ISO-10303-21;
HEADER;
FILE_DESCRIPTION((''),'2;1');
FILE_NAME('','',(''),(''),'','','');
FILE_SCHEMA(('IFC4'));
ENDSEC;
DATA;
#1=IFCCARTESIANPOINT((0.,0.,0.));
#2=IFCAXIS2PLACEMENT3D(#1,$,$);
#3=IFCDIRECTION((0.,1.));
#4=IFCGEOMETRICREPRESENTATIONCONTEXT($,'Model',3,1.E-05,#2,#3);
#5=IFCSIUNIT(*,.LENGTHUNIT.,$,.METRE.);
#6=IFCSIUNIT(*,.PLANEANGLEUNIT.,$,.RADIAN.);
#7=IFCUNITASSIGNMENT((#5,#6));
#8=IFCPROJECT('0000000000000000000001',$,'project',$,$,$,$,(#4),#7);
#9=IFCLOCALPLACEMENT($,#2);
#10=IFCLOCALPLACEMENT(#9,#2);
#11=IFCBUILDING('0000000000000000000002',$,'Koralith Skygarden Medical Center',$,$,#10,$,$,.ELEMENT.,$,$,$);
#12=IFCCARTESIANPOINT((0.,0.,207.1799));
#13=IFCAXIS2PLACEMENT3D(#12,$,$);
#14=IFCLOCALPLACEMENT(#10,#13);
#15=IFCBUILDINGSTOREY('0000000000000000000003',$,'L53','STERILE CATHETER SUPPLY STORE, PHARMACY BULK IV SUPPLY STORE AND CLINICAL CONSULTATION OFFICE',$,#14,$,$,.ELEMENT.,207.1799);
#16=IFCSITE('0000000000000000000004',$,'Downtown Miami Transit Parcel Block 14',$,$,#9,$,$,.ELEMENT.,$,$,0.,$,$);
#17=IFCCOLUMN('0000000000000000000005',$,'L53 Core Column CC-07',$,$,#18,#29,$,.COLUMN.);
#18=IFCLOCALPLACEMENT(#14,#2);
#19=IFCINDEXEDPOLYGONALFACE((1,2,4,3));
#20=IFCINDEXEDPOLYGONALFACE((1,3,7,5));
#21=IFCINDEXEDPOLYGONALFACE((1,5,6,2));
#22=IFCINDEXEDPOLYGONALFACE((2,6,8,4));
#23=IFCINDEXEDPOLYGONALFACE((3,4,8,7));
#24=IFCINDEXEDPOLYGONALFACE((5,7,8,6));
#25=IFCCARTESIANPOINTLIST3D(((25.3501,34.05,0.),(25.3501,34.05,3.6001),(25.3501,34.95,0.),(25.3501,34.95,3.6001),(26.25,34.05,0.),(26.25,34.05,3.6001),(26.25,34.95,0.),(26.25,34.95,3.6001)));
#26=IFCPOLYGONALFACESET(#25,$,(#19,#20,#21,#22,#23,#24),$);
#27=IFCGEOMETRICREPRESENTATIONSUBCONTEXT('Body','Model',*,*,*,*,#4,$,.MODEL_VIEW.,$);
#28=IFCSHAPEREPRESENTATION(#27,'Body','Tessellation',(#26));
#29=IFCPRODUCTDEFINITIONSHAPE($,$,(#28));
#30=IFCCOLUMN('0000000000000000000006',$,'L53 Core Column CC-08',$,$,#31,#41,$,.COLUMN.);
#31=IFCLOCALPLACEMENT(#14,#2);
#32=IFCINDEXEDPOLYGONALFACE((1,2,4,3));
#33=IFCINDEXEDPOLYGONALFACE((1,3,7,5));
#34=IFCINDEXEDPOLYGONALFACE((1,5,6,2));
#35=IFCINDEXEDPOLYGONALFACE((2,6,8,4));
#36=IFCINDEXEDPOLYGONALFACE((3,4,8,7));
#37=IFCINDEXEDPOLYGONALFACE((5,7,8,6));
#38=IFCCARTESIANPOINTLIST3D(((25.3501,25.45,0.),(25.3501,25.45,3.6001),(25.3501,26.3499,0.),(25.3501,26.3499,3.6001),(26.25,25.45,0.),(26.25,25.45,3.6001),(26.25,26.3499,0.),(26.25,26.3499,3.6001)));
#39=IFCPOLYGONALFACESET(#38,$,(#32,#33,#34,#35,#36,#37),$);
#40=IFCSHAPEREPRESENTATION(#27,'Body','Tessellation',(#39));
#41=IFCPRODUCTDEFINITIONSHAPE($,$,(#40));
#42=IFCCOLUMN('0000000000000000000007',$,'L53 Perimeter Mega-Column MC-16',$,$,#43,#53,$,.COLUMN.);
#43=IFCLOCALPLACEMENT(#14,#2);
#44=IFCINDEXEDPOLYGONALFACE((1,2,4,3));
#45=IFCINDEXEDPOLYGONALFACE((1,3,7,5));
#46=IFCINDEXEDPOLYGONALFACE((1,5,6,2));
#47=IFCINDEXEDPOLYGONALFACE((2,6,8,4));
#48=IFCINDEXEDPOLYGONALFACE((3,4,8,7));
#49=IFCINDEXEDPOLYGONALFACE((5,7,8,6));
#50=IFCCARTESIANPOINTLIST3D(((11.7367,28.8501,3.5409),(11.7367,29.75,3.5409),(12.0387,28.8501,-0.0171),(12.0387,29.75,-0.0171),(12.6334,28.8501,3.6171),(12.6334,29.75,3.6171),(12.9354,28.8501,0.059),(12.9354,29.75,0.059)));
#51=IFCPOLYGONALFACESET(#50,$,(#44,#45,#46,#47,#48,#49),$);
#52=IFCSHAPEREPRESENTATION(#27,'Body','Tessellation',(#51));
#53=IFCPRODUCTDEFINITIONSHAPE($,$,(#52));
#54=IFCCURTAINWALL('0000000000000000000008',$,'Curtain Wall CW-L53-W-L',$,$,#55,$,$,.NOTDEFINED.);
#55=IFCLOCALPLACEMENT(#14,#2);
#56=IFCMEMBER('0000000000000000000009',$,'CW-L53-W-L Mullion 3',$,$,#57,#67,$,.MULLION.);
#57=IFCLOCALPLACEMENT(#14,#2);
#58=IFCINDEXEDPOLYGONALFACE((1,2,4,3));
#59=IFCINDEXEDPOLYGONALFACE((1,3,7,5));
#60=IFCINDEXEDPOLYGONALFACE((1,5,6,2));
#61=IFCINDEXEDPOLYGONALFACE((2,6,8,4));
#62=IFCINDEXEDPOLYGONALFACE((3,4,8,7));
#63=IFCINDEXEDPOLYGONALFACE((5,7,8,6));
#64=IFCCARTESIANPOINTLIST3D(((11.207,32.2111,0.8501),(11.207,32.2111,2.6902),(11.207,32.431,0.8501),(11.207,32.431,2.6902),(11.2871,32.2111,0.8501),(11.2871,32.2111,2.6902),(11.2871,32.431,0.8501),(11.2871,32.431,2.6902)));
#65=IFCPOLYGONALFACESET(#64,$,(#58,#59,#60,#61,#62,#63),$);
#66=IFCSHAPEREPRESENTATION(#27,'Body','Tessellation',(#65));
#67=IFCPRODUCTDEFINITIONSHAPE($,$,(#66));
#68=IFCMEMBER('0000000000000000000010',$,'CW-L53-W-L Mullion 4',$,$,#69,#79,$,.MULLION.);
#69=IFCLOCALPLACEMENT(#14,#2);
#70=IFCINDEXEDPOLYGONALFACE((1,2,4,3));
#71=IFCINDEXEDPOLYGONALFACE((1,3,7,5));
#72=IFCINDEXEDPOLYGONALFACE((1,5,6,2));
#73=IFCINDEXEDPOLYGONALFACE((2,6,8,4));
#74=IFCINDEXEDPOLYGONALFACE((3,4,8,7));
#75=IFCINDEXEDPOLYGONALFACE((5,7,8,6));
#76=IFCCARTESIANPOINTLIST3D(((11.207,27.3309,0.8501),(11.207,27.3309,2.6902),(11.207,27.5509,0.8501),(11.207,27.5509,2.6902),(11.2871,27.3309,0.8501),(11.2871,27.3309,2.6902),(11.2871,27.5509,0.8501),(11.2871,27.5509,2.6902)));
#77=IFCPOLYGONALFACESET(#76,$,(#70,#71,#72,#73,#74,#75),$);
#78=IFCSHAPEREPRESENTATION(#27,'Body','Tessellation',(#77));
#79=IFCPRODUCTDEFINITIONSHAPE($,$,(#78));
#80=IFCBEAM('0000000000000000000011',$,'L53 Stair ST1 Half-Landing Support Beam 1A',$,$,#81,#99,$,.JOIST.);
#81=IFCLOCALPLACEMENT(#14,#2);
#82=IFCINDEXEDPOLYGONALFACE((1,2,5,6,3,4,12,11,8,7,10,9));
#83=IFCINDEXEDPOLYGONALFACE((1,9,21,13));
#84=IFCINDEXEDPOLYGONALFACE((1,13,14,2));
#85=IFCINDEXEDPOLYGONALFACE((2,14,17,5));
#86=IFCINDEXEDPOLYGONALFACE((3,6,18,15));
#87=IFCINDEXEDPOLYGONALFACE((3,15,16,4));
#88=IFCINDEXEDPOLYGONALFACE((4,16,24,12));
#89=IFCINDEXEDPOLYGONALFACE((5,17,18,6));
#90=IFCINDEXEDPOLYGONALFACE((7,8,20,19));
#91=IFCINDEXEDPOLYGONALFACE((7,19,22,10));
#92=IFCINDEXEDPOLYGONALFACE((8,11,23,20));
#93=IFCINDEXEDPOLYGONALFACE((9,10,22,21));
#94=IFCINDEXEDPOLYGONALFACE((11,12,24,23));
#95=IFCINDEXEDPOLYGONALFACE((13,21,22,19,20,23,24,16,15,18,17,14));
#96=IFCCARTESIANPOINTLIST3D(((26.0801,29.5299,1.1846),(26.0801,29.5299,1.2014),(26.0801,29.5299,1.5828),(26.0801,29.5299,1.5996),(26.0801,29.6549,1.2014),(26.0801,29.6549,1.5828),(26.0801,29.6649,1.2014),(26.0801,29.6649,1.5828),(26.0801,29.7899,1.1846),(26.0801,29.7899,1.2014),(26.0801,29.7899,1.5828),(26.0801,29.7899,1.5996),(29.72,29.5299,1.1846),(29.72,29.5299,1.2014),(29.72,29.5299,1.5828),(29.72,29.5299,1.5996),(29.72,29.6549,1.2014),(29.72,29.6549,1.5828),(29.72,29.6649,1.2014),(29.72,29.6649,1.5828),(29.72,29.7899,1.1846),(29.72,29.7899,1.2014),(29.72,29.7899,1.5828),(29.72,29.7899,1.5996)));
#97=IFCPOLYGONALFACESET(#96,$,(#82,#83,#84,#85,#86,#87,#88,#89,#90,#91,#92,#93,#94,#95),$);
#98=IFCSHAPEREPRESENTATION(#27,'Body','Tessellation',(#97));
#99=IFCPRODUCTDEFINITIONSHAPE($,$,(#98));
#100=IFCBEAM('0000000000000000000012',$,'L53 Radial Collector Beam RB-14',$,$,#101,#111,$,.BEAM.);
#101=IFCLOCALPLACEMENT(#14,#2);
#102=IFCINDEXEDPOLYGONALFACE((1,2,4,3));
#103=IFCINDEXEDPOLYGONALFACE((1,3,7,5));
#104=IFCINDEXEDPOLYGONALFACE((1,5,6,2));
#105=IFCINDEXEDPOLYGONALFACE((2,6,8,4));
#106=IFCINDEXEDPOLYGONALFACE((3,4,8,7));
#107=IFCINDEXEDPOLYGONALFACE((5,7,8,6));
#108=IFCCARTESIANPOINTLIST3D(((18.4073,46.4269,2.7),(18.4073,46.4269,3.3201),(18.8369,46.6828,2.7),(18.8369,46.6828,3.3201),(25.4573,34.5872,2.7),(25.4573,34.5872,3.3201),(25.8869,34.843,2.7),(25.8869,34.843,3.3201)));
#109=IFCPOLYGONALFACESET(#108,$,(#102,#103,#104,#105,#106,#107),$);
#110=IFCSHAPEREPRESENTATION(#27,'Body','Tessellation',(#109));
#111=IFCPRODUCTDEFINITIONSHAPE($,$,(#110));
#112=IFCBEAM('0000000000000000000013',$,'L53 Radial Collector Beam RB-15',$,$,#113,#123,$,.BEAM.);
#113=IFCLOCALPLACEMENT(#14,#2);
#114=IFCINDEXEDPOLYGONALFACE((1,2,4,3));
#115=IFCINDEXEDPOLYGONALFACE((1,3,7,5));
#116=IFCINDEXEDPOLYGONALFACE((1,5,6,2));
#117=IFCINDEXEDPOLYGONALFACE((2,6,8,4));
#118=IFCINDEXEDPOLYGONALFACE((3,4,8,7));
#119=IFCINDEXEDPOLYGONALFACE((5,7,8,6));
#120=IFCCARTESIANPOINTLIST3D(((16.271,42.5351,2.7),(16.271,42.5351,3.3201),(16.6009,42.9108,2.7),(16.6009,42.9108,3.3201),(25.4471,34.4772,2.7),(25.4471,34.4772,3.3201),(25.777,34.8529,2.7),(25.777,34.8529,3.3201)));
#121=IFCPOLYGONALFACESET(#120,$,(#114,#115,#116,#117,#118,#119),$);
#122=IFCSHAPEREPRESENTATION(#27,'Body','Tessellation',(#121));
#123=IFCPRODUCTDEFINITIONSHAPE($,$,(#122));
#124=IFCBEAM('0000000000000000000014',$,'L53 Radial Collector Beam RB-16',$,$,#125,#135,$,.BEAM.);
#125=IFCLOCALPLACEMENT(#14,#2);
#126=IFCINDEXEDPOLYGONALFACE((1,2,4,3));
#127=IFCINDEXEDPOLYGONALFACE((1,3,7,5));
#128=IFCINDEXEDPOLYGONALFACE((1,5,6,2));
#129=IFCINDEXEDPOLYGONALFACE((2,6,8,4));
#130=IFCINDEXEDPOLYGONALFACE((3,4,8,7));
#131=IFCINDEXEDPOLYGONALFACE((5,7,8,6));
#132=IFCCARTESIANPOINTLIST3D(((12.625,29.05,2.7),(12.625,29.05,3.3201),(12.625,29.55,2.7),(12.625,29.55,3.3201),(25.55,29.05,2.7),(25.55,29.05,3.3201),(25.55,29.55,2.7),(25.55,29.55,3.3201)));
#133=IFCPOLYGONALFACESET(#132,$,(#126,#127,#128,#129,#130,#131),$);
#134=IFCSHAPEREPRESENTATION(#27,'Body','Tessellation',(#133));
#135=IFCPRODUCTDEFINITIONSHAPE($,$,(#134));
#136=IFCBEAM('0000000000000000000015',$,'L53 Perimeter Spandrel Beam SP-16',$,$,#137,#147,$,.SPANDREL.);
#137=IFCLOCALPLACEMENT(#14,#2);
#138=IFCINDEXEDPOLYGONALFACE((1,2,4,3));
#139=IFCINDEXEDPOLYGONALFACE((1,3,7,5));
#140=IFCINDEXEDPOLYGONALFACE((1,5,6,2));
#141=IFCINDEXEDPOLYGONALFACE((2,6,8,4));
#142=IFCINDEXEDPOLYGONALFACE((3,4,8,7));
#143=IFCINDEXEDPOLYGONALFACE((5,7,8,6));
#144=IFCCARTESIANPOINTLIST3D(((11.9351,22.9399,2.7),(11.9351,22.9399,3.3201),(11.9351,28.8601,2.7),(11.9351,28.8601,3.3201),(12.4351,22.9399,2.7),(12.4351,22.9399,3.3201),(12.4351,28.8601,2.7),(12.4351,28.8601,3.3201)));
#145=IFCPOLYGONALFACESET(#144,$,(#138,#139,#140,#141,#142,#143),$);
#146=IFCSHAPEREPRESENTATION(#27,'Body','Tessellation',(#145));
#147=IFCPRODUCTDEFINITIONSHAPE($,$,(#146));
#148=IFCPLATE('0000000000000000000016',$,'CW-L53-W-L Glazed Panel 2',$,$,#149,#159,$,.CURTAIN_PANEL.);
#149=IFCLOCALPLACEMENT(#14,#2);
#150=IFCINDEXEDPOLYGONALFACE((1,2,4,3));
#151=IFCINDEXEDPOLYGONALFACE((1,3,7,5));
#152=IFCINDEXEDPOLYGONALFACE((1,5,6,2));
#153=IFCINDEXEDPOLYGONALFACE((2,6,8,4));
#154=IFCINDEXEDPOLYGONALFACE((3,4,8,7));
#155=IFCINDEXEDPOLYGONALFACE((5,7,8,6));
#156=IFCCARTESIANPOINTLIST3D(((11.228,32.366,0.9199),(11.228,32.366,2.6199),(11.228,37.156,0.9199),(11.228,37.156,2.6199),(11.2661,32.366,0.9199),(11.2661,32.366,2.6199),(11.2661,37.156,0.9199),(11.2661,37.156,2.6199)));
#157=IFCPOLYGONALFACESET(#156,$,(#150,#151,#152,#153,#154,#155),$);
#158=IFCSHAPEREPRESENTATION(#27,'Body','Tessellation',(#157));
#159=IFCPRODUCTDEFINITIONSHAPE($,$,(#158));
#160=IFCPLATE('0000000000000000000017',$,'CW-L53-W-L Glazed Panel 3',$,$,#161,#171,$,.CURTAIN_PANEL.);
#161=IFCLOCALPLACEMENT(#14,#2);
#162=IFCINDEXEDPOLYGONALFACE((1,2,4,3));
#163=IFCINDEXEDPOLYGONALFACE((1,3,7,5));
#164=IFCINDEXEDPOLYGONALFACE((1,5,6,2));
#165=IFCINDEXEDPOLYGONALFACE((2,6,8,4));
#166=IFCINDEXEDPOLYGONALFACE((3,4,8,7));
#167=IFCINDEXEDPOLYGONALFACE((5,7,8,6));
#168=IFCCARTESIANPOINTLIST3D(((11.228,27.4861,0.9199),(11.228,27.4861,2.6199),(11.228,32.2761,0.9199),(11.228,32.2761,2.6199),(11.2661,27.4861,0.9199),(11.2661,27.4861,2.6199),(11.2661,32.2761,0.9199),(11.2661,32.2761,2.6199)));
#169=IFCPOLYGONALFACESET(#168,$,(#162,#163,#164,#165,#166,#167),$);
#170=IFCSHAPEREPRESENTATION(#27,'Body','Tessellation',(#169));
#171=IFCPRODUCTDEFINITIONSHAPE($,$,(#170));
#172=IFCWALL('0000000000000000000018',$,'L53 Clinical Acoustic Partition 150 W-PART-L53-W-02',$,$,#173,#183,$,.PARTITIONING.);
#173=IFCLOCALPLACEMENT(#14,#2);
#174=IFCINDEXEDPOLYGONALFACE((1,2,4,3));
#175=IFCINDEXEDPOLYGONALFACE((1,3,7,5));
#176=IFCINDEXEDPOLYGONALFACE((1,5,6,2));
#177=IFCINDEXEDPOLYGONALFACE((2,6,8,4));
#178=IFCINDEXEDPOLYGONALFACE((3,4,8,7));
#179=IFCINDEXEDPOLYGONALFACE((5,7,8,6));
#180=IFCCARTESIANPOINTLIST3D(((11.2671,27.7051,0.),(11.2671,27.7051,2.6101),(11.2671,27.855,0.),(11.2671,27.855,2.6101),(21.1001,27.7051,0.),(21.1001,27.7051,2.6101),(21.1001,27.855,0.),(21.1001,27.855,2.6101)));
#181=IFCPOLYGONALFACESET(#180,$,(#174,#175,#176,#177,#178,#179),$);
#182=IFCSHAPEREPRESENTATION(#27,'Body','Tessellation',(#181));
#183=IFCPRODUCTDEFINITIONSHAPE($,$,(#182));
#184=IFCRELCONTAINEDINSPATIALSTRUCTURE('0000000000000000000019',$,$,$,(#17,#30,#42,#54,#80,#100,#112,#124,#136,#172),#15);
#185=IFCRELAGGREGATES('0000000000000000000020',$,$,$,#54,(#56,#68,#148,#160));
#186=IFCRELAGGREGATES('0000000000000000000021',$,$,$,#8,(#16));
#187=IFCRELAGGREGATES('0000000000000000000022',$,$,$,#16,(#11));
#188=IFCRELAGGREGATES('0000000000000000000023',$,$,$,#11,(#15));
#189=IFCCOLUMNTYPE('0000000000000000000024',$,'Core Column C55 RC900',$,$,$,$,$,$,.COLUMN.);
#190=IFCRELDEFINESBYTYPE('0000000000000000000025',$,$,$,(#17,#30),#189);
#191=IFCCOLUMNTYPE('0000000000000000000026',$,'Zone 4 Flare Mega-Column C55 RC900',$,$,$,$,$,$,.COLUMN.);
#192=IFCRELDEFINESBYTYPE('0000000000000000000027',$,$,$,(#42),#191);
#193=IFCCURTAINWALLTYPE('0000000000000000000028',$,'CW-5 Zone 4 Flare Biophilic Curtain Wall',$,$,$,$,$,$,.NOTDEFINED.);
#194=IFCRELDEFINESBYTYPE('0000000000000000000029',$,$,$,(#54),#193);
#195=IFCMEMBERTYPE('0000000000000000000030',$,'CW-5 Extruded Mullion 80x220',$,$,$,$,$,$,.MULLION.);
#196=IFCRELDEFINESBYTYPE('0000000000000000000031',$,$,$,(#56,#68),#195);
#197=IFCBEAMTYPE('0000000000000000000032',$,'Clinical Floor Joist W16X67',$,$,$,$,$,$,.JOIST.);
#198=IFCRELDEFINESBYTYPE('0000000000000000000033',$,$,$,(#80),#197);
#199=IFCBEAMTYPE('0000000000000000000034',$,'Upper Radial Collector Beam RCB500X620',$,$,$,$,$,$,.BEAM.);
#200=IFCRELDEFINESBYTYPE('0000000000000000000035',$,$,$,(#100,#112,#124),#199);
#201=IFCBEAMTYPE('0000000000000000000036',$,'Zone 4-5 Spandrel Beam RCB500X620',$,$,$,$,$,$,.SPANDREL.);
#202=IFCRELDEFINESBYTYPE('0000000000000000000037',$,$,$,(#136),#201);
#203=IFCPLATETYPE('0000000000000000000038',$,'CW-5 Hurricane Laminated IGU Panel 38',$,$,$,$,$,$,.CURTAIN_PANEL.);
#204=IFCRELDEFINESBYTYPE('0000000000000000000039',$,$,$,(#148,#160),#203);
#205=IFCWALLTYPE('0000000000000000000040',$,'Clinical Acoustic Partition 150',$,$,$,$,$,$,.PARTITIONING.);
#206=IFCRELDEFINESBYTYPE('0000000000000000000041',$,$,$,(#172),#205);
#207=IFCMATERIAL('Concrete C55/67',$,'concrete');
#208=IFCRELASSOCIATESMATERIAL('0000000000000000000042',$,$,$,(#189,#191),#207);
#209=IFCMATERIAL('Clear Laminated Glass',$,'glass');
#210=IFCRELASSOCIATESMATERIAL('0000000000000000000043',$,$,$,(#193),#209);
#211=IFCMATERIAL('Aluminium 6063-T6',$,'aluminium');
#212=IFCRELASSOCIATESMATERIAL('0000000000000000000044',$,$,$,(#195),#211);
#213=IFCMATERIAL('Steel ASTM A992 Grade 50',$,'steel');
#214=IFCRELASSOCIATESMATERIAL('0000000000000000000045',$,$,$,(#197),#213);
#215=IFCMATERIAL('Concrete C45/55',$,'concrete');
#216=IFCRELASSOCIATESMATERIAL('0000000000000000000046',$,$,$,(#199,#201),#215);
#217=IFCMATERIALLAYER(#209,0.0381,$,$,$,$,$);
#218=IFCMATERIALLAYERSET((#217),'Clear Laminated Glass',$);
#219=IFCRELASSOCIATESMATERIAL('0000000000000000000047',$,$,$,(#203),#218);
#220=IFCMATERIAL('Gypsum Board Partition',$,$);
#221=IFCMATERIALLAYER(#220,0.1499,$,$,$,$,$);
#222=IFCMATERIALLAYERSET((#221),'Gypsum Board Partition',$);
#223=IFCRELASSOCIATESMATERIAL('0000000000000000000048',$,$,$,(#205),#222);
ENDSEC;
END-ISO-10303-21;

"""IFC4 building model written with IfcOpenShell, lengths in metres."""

from ifc_helpers import new_model, si_unit, direction, frame, frame_2d, origin, origin_2d, place, context, subcontext, project, spatial, rectangle, i_section, extrude, material, layer, layer_set, material_profile, profile_set, type_object, element, aggregate, save


model = new_model("IFC4")

# Units and contexts
model_context = context("Model", 3, precision=1e-05, world=origin(), true_north=direction((0.0, 1.0)))
body_context = subcontext(model_context, "Body", "Model", "MODEL_VIEW")
ifc_project = project(units=[si_unit("LENGTHUNIT", "METRE"), si_unit("PLANEANGLEUNIT", "RADIAN")], contexts=[model_context])

# Site, building, storey
site_placement = place(None, origin())
site = spatial("IfcSite", under=ifc_project, at=site_placement, Name="Downtown Miami Transit Parcel Block 14", CompositionType="ELEMENT", RefElevation=0.0)
building_placement = place(site_placement, origin())
building = spatial("IfcBuilding", under=site, at=building_placement, Name="Koralith Skygarden Medical Center", CompositionType="ELEMENT")
storey_placement = place(building_placement, frame((0.0, 0.0, 207.1799)))
storey = spatial("IfcBuildingStorey", under=building, at=storey_placement, Name="L53", Description="STERILE CATHETER SUPPLY STORE, PHARMACY BULK IV SUPPLY STORE AND CLINICAL CONSULTATION OFFICE", CompositionType="ELEMENT", Elevation=207.1799)

# Columns
ifc_material_1 = material(Name="Concrete C55/67", Category="concrete")
ifc_material_profile_1 = material_profile(ifc_material_1, rectangle(XDim=0.8999, YDim=0.8999, at=origin_2d()), Name="RC900X900")
ifc_profile_set_1 = profile_set([ifc_material_profile_1], Name="Concrete C55/67")
column_type_1 = type_object("IfcColumnType", Name="Core Column C55 RC900", PredefinedType="COLUMN", material=ifc_profile_set_1)
for number, where, z_axis, x_axis, name in (
    (1, (25.8, 34.5, 0.0), (0.0, 0.0, 1.0), (1.0, 0.0, 0.0), "L53 Core Column CC-07"),
    (2, (25.8, 25.8999, 0.0), (0.0, 0.0, 1.0), (1.0, 0.0, 0.0), "L53 Core Column CC-08"),
):
    element("IfcColumn", number, at=place(storey_placement, frame(where, z_axis=z_axis, x_axis=x_axis)), inside=storey, type_object=column_type_1, Name=name, PredefinedType="COLUMN", context=body_context, shape_type="SweptSolid", body=[
        extrude(rectangle(XDim=0.8999, YDim=0.8999, at=origin_2d()), origin(), (0.0, 0.0, 1.0), 3.6001),
    ])
ifc_material_profile_2 = material_profile(ifc_material_1, rectangle(XDim=0.8999, YDim=0.8999, at=origin_2d()), Name="RC900X900")
ifc_profile_set_2 = profile_set([ifc_material_profile_2], Name="Concrete C55/67")
column_type_2 = type_object("IfcColumnType", Name="Zone 4 Flare Mega-Column C55 RC900", PredefinedType="COLUMN", material=ifc_profile_set_2)
column_placement = place(storey_placement, frame((12.4871, 29.3, 0.021), z_axis=(-0.084573, 0.0, 0.996417), x_axis=(0.0, -1.0, 0.0)))
element("IfcColumn", 3, at=column_placement, inside=storey, type_object=column_type_2, Name="L53 Perimeter Mega-Column MC-16", PredefinedType="COLUMN", context=body_context, shape_type="SweptSolid", body=[
    extrude(rectangle(XDim=0.8999, YDim=0.8999, at=origin_2d()), origin(), (0.0, 0.0, 1.0), 3.5708),
])

# Curtain wall, members
ifc_material_2 = material(Name="Clear Laminated Glass", Category="glass")
curtain_wall_type = type_object("IfcCurtainWallType", Name="CW-5 Zone 4 Flare Biophilic Curtain Wall", PredefinedType="NOTDEFINED", material=ifc_material_2)
curtain_wall_placement = place(storey_placement, origin())
curtain_wall = element("IfcCurtainWall", 4, at=curtain_wall_placement, inside=storey, type_object=curtain_wall_type, Name="Curtain Wall CW-L53-W-L", PredefinedType="NOTDEFINED")
ifc_material_3 = material(Name="Aluminium 6063-T6", Category="aluminium")
ifc_material_profile_3 = material_profile(ifc_material_3, rectangle(XDim=0.0801, YDim=0.22, at=origin_2d()), Name="MUL80X220")
ifc_profile_set_3 = profile_set([ifc_material_profile_3], Name="Aluminium 6063-T6")
member_type = type_object("IfcMemberType", Name="CW-5 Extruded Mullion 80x220", PredefinedType="MULLION", material=ifc_profile_set_3)
member_1_placement = place(storey_placement, frame((11.2471, 32.321, 0.8501), z_axis=(0.0, 0.0, 1.0), x_axis=(1.0, 0.0, 0.0)))
member_1 = element("IfcMember", 5, at=member_1_placement, type_object=member_type, Name="CW-L53-W-L Mullion 3", PredefinedType="MULLION", context=body_context, shape_type="SweptSolid", body=[
    extrude(rectangle(XDim=0.0801, YDim=0.22, at=origin_2d()), origin(), (0.0, 0.0, 1.0), 1.8401),
])
member_2_placement = place(storey_placement, frame((11.2471, 27.4409, 0.8501), z_axis=(0.0, 0.0, 1.0), x_axis=(1.0, 0.0, 0.0)))
member_2 = element("IfcMember", 6, at=member_2_placement, type_object=member_type, Name="CW-L53-W-L Mullion 4", PredefinedType="MULLION", context=body_context, shape_type="SweptSolid", body=[
    extrude(rectangle(XDim=0.0801, YDim=0.22, at=origin_2d()), origin(), (0.0, 0.0, 1.0), 1.8401),
])

# Beams
ifc_material_4 = material(Name="Steel ASTM A992 Grade 50", Category="steel")
ifc_material_profile_4 = material_profile(ifc_material_4, i_section(OverallWidth=0.26, OverallDepth=0.415, WebThickness=0.01, FlangeThickness=0.0168, at=origin_2d()), Name="W16X67")
ifc_profile_set_4 = profile_set([ifc_material_profile_4], Name="Steel ASTM A992 Grade 50")
beam_type_1 = type_object("IfcBeamType", Name="Clinical Floor Joist W16X67", PredefinedType="JOIST", material=ifc_profile_set_4)
beam_1_placement = place(storey_placement, frame((26.0801, 29.6599, 1.3921), z_axis=(1.0, 0.0, 0.0), x_axis=(0.0, 1.0, 0.0)))
element("IfcBeam", 7, at=beam_1_placement, inside=storey, type_object=beam_type_1, Name="L53 Stair ST1 Half-Landing Support Beam 1A", PredefinedType="JOIST", context=body_context, shape_type="SweptSolid", body=[
    extrude(i_section(OverallWidth=0.26, OverallDepth=0.415, WebThickness=0.01, FlangeThickness=0.0168, at=origin_2d()), origin(), (0.0, 0.0, 1.0), 3.6399),
])
ifc_material_5 = material(Name="Concrete C45/55", Category="concrete")
ifc_material_profile_5 = material_profile(ifc_material_5, rectangle(XDim=0.5, YDim=0.6201, at=origin_2d()), Name="RCB500X620")
ifc_profile_set_5 = profile_set([ifc_material_profile_5], Name="Concrete C45/55")
beam_type_2 = type_object("IfcBeamType", Name="Upper Radial Collector Beam RCB500X620", PredefinedType="BEAM", material=ifc_profile_set_5)
beam_2_placement = place(storey_placement, frame((25.6721, 34.7151, 3.01), z_axis=(-0.511619, 0.859212, 0.0), x_axis=(-0.859212, -0.511619, 0.0)))
element("IfcBeam", 8, at=beam_2_placement, inside=storey, type_object=beam_type_2, Name="L53 Radial Collector Beam RB-14", PredefinedType="BEAM", context=body_context, shape_type="SweptSolid", body=[
    extrude(rectangle(XDim=0.5, YDim=0.6201, at=origin_2d()), origin(), (0.0, 0.0, 1.0), 13.7798),
])
beam_3_placement = place(storey_placement, frame((25.6121, 34.665, 3.01), z_axis=(-0.751405, 0.659841, 0.0), x_axis=(-0.659841, -0.751405, 0.0)))
element("IfcBeam", 9, at=beam_3_placement, inside=storey, type_object=beam_type_2, Name="L53 Radial Collector Beam RB-15", PredefinedType="BEAM", context=body_context, shape_type="SweptSolid", body=[
    extrude(rectangle(XDim=0.5, YDim=0.6201, at=origin_2d()), origin(), (0.0, 0.0, 1.0), 12.2119),
])
beam_4_placement = place(storey_placement, frame((25.55, 29.3, 3.01), z_axis=(-1.0, 0.0, 0.0), x_axis=(0.0, -1.0, 0.0)))
element("IfcBeam", 10, at=beam_4_placement, inside=storey, type_object=beam_type_2, Name="L53 Radial Collector Beam RB-16", PredefinedType="BEAM", context=body_context, shape_type="SweptSolid", body=[
    extrude(rectangle(XDim=0.5, YDim=0.6201, at=origin_2d()), origin(), (0.0, 0.0, 1.0), 12.925),
])
ifc_material_profile_6 = material_profile(ifc_material_5, rectangle(XDim=0.5, YDim=0.6201, at=origin_2d()), Name="RCB500X620")
ifc_profile_set_6 = profile_set([ifc_material_profile_6], Name="Concrete C45/55")
beam_type_3 = type_object("IfcBeamType", Name="Zone 4-5 Spandrel Beam RCB500X620", PredefinedType="SPANDREL", material=ifc_profile_set_6)
beam_5_placement = place(storey_placement, frame((12.1851, 28.8601, 3.01), z_axis=(0.0, -1.0, 0.0), x_axis=(1.0, 0.0, 0.0)))
element("IfcBeam", 11, at=beam_5_placement, inside=storey, type_object=beam_type_3, Name="L53 Perimeter Spandrel Beam SP-16", PredefinedType="SPANDREL", context=body_context, shape_type="SweptSolid", body=[
    extrude(rectangle(XDim=0.5, YDim=0.6201, at=origin_2d()), origin(), (0.0, 0.0, 1.0), 5.9202),
])

# Plates
ifc_layer_1 = layer(ifc_material_2, 0.0381)
ifc_layer_set_1 = layer_set([ifc_layer_1], Name="Clear Laminated Glass")
plate_type = type_object("IfcPlateType", Name="CW-5 Hurricane Laminated IGU Panel 38", PredefinedType="CURTAIN_PANEL", material=ifc_layer_set_1)
plate_1_placement = place(storey_placement, frame((11.2471, 34.761, 0.9199), z_axis=(0.0, 0.0, 1.0), x_axis=(0.0, -1.0, 0.0)))
plate_1 = element("IfcPlate", 12, at=plate_1_placement, type_object=plate_type, Name="CW-L53-W-L Glazed Panel 2", PredefinedType="CURTAIN_PANEL", context=body_context, shape_type="SweptSolid", body=[
    extrude(rectangle(XDim=4.79, YDim=0.0381, at=origin_2d()), origin(), (0.0, 0.0, 1.0), 1.7),
])
plate_2_placement = place(storey_placement, frame((11.2471, 29.8811, 0.9199), z_axis=(0.0, 0.0, 1.0), x_axis=(0.0, -1.0, 0.0)))
plate_2 = element("IfcPlate", 13, at=plate_2_placement, type_object=plate_type, Name="CW-L53-W-L Glazed Panel 3", PredefinedType="CURTAIN_PANEL", context=body_context, shape_type="SweptSolid", body=[
    extrude(rectangle(XDim=4.79, YDim=0.0381, at=origin_2d()), origin(), (0.0, 0.0, 1.0), 1.7),
])
aggregate(curtain_wall, [member_1, member_2, plate_1, plate_2])

# Wall
ifc_material_6 = material(Name="Gypsum Board Partition")
ifc_layer_2 = layer(ifc_material_6, 0.1499)
ifc_layer_set_2 = layer_set([ifc_layer_2], Name="Gypsum Board Partition")
wall_type_1 = type_object("IfcWallType", Name="Clinical Acoustic Partition 150", PredefinedType="PARTITIONING", material=ifc_layer_set_2)
wall_1_placement = place(storey_placement, frame((21.1001, 27.78, 0.0), z_axis=(0.0, 0.0, 1.0), x_axis=(-1.0, 0.0, 0.0)))
element("IfcWall", 14, at=wall_1_placement, inside=storey, type_object=wall_type_1, Name="L53 Clinical Acoustic Partition 150 W-PART-L53-W-02", PredefinedType="PARTITIONING", context=body_context, shape_type="SweptSolid", body=[
    extrude(rectangle(XDim=9.833, YDim=0.1499, at=frame_2d((4.9165, 0.0))), origin(), (0.0, 0.0, 1.0), 2.6101),
])

save(model, "model.ifc")
